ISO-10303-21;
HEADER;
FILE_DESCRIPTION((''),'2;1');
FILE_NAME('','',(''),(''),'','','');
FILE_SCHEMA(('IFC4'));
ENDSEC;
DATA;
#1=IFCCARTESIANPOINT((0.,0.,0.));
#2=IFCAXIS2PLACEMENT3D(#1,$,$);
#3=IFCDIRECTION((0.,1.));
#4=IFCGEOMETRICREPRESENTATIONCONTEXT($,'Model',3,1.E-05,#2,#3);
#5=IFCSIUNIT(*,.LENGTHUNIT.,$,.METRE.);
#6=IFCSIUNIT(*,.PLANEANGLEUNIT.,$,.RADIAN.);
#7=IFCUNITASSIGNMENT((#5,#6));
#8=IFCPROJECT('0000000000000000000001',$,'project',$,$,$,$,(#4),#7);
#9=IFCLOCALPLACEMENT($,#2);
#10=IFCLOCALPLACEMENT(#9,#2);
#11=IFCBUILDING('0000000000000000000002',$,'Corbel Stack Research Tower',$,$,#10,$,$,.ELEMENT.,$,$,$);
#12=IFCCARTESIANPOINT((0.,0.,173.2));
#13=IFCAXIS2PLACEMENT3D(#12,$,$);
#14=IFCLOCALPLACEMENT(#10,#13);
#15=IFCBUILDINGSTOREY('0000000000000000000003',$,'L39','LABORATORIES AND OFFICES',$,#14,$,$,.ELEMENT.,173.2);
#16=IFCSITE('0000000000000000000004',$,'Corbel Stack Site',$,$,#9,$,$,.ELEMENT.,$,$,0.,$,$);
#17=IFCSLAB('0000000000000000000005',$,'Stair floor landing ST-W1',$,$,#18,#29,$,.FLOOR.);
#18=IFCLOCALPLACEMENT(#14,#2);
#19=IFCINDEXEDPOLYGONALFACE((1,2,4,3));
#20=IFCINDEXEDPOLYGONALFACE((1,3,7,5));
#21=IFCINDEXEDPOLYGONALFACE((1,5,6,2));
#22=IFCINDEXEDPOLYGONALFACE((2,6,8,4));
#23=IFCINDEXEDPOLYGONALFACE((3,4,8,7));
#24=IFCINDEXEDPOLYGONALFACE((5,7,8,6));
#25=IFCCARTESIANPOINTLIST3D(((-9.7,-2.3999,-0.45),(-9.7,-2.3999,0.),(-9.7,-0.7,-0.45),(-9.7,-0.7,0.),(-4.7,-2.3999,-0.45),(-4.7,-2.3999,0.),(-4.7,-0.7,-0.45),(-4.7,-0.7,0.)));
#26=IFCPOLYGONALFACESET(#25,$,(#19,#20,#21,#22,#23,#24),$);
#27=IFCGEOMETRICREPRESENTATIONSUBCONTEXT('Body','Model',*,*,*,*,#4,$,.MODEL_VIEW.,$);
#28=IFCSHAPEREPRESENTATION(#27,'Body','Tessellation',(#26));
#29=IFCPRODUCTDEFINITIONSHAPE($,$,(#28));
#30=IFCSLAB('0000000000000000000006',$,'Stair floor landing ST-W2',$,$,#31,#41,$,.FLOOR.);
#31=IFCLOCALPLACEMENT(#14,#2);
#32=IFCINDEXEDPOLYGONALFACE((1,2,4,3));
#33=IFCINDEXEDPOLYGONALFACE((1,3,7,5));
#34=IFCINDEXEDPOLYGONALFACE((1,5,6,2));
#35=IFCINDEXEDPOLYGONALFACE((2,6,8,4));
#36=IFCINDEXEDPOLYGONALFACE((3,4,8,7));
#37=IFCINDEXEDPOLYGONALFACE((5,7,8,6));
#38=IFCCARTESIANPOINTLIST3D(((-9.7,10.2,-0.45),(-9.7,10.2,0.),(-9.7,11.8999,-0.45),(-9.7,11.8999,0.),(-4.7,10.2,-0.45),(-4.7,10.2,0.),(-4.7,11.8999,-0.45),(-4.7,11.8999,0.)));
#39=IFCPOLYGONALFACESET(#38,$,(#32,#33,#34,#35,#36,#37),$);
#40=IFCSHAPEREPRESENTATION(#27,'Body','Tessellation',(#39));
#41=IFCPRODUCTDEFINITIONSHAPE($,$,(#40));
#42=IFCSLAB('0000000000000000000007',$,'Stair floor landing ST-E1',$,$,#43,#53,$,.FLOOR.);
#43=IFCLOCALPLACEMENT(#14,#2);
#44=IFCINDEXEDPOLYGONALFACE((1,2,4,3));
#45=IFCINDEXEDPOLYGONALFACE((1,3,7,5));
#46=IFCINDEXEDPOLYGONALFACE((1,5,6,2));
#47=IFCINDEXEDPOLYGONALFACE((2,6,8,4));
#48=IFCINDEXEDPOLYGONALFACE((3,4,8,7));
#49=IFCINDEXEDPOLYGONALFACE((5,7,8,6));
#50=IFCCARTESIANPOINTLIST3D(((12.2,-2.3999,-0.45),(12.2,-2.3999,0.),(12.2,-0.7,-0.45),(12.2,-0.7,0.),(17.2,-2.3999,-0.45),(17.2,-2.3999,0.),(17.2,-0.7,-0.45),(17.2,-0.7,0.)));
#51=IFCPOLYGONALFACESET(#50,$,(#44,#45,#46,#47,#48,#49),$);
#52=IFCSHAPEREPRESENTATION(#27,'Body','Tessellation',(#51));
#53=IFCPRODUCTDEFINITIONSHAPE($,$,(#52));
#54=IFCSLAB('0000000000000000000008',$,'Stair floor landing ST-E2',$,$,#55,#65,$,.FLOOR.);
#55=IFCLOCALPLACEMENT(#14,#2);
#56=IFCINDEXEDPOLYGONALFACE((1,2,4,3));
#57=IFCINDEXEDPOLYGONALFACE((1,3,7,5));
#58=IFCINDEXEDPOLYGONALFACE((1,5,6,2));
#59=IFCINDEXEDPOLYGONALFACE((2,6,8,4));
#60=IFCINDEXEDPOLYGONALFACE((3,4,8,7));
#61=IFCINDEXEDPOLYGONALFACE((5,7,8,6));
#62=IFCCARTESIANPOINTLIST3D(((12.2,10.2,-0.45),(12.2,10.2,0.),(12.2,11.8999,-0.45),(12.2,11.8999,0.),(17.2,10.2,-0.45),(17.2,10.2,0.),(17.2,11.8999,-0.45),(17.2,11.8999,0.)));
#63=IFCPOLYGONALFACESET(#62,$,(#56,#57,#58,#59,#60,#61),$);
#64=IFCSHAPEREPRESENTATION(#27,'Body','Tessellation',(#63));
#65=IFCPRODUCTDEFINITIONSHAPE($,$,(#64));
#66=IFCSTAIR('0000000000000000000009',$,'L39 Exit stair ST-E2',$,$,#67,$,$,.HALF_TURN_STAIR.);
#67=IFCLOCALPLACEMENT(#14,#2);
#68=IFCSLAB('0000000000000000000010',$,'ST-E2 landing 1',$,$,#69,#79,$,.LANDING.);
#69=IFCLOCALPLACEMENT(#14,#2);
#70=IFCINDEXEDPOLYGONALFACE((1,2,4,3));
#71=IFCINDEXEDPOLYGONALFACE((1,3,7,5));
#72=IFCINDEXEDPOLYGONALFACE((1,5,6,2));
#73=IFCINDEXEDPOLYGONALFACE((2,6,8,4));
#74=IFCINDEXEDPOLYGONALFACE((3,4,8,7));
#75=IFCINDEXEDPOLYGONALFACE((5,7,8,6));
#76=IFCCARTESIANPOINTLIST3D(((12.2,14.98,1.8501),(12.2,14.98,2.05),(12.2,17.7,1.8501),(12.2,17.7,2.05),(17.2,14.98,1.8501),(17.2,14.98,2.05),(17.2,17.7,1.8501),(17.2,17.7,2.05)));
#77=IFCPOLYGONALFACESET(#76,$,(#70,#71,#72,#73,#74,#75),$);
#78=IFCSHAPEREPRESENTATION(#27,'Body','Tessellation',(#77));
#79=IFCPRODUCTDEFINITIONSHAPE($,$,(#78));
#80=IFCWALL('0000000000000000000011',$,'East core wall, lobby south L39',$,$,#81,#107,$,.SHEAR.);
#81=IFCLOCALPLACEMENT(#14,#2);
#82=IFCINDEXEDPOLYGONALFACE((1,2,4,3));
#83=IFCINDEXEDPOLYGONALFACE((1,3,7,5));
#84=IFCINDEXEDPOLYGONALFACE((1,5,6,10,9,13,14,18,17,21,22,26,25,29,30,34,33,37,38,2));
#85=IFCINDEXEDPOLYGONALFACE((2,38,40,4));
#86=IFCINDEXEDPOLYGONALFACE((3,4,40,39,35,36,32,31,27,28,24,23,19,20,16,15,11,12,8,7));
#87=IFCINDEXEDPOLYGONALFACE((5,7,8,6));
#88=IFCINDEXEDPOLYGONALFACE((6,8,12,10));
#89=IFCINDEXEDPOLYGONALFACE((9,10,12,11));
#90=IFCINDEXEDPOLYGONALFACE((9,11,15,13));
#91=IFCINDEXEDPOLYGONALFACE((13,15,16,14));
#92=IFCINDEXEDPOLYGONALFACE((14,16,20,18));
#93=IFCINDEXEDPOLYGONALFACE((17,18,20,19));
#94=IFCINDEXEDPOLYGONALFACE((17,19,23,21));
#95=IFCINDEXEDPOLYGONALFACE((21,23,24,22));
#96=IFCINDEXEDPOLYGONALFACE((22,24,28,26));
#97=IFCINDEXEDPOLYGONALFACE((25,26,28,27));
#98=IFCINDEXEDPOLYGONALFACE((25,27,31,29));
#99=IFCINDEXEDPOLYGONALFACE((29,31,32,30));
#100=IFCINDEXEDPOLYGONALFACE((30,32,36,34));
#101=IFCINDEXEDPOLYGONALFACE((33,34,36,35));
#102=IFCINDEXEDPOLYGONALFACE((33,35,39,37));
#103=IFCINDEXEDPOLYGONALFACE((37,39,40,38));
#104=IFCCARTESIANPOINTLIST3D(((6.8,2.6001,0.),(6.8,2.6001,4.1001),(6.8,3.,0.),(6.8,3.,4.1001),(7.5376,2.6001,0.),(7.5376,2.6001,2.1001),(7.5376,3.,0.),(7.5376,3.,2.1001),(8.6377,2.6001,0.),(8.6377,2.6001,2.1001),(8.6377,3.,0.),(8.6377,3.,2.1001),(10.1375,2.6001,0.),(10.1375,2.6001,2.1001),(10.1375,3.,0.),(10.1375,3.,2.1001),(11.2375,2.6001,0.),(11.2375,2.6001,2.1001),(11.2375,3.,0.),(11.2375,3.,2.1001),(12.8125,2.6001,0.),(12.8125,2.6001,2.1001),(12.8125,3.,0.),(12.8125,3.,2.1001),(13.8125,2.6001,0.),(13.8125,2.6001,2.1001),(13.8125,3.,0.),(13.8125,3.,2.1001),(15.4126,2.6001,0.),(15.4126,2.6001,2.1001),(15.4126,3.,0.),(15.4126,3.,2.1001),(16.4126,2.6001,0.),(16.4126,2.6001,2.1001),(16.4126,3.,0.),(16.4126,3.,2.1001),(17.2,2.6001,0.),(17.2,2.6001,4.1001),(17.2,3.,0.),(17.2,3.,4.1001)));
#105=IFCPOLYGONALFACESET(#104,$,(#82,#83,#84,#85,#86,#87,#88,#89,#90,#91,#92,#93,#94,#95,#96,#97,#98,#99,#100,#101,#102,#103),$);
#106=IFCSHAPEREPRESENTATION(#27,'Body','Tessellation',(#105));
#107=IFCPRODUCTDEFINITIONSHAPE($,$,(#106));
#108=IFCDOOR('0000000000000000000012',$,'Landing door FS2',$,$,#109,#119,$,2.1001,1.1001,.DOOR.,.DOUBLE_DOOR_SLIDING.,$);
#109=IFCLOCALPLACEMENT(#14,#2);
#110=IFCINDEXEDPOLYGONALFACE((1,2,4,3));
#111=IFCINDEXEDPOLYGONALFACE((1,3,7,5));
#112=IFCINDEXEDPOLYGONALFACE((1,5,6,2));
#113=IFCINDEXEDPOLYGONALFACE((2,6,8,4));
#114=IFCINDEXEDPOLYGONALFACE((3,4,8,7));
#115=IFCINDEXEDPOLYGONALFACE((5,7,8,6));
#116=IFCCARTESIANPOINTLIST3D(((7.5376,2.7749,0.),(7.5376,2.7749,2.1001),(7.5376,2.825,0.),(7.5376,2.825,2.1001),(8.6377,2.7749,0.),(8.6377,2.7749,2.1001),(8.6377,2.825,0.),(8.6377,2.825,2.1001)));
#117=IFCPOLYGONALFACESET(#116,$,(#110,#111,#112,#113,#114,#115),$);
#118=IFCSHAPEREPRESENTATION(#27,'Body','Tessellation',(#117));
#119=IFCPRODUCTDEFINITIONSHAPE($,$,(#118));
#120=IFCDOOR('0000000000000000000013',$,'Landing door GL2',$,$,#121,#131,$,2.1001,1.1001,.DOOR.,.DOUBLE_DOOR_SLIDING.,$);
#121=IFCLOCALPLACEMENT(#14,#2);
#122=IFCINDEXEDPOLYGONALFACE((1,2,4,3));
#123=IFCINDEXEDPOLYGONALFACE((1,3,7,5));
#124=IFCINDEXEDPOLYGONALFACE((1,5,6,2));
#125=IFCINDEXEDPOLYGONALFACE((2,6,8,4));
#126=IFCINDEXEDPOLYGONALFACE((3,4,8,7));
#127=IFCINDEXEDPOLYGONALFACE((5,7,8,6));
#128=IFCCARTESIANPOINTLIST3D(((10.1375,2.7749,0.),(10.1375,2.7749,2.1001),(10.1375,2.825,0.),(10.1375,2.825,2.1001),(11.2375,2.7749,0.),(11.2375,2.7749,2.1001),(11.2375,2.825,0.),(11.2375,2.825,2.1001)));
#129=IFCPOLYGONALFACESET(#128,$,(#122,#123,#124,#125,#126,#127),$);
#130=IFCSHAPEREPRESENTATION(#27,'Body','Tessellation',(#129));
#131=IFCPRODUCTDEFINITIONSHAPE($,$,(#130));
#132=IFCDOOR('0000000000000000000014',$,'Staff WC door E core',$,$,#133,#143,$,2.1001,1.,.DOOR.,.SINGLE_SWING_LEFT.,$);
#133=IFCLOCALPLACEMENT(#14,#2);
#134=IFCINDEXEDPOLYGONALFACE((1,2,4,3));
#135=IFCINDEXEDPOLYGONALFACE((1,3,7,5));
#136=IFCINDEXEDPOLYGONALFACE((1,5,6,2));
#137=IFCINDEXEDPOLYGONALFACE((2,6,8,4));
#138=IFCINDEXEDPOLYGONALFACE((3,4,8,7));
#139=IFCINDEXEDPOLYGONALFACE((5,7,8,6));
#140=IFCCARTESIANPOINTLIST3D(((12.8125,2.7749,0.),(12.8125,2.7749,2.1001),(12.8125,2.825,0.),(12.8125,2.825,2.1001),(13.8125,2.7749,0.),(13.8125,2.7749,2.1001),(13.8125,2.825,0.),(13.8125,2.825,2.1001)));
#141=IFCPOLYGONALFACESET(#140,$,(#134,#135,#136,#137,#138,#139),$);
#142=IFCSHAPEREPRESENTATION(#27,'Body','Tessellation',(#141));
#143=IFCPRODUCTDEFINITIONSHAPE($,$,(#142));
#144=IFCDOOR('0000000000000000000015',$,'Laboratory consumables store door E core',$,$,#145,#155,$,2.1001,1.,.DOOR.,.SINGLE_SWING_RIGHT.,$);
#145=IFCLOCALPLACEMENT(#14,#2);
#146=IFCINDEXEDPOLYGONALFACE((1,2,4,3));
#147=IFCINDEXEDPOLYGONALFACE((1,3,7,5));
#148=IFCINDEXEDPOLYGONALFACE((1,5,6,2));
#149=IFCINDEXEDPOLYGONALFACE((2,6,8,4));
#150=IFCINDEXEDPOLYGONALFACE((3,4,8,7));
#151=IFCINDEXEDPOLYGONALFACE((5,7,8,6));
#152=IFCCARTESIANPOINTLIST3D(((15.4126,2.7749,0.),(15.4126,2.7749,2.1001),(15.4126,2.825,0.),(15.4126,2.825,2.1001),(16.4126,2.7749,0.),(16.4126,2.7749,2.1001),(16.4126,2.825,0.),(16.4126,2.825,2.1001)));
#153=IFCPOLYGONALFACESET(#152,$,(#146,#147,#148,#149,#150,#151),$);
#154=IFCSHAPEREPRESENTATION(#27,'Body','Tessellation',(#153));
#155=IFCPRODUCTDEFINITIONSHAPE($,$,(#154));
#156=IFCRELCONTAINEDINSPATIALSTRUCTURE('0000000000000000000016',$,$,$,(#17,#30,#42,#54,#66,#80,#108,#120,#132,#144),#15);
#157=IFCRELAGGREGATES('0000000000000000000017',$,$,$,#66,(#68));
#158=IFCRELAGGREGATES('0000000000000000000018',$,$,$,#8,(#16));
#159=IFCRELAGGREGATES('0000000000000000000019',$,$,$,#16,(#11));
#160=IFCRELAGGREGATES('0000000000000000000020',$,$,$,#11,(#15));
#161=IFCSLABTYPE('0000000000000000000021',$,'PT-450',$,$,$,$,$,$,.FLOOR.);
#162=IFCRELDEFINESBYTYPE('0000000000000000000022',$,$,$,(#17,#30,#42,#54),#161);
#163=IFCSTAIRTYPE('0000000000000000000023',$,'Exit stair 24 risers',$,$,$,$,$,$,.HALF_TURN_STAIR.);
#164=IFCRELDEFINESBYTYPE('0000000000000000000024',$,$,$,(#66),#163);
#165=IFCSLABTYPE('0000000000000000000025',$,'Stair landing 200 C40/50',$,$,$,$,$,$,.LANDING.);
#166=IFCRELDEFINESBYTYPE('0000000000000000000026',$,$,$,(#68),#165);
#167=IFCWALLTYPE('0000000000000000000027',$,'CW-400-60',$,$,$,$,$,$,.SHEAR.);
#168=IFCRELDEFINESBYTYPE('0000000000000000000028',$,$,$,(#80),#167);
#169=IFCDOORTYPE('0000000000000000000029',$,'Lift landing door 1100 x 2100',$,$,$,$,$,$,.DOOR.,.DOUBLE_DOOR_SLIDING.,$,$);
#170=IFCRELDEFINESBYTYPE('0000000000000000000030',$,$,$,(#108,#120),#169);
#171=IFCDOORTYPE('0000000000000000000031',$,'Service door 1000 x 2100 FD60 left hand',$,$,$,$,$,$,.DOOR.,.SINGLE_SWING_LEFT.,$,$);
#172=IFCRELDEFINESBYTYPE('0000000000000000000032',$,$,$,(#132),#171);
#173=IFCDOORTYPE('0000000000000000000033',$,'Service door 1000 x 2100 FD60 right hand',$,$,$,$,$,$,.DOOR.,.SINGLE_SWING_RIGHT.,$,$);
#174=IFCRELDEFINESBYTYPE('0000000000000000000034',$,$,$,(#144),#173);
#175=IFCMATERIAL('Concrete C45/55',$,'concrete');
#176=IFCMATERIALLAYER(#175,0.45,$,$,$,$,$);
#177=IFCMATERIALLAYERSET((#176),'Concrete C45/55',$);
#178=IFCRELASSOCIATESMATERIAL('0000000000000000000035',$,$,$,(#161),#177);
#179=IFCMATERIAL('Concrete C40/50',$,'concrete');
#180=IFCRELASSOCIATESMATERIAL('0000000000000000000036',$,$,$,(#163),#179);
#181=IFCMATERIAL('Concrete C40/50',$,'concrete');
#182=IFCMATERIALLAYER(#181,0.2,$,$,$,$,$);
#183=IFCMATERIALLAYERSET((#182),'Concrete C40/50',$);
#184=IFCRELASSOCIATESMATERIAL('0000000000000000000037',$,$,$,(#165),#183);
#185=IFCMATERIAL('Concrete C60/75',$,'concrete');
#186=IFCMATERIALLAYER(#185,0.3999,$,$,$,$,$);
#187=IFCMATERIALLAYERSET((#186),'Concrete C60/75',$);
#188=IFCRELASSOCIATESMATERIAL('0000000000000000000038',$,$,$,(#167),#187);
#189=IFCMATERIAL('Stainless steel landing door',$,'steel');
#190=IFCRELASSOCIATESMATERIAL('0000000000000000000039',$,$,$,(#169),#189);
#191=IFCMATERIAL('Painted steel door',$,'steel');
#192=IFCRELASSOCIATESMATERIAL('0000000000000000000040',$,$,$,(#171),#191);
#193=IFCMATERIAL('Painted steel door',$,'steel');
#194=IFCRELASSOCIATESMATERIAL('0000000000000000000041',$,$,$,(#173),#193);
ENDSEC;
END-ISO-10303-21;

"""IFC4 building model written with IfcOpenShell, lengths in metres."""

from ifc_helpers import new_model, si_unit, direction, frame, frame_2d, origin, place, context, subcontext, project, spatial, polyline, rectangle, outline, extrude, material, layer, layer_set, type_object, element, fill, aggregate, save


model = new_model("IFC4")

# Units and contexts
model_context = context("Model", 3, precision=1e-05, world=origin(), true_north=direction((0.0, 1.0)))
body_context = subcontext(model_context, "Body", "Model", "MODEL_VIEW")
ifc_project = project(units=[si_unit("LENGTHUNIT", "METRE"), si_unit("PLANEANGLEUNIT", "RADIAN")], contexts=[model_context])

# Site, building, storey
site_placement = place(None, origin())
site = spatial("IfcSite", under=ifc_project, at=site_placement, Name="Corbel Stack Site", CompositionType="ELEMENT", RefElevation=0.0)
building_placement = place(site_placement, origin())
building = spatial("IfcBuilding", under=site, at=building_placement, Name="Corbel Stack Research Tower", CompositionType="ELEMENT")
storey_placement = place(building_placement, frame((0.0, 0.0, 173.2)))
storey = spatial("IfcBuildingStorey", under=building, at=storey_placement, Name="L39", Description="LABORATORIES AND OFFICES", CompositionType="ELEMENT", Elevation=173.2)

# Slabs
ifc_material_1 = material(Name="Concrete C45/55", Category="concrete")
ifc_layer_1 = layer(ifc_material_1, 0.45)
ifc_layer_set_1 = layer_set([ifc_layer_1], Name="Concrete C45/55")
slab_type_1 = type_object("IfcSlabType", Name="PT-450", PredefinedType="FLOOR", material=ifc_layer_set_1)
slab_1_placement = place(storey_placement, frame((0.0, 0.0, -0.45)))
element("IfcSlab", 1, at=slab_1_placement, inside=storey, type_object=slab_type_1, Name="Stair floor landing ST-W1", PredefinedType="FLOOR", context=body_context, shape_type="SweptSolid", body=[
    extrude(outline(polyline([(-9.7, -2.3999), (-4.7, -2.3999), (-4.7, -0.7), (-9.7, -0.7), (-9.7, -2.3999)])), origin(), (0.0, 0.0, 1.0), 0.45),
])
slab_2_placement = place(storey_placement, frame((0.0, 0.0, -0.45)))
element("IfcSlab", 2, at=slab_2_placement, inside=storey, type_object=slab_type_1, Name="Stair floor landing ST-W2", PredefinedType="FLOOR", context=body_context, shape_type="SweptSolid", body=[
    extrude(outline(polyline([(-9.7, 10.2), (-4.7, 10.2), (-4.7, 11.8999), (-9.7, 11.8999), (-9.7, 10.2)])), origin(), (0.0, 0.0, 1.0), 0.45),
])
slab_3_placement = place(storey_placement, frame((0.0, 0.0, -0.45)))
element("IfcSlab", 3, at=slab_3_placement, inside=storey, type_object=slab_type_1, Name="Stair floor landing ST-E1", PredefinedType="FLOOR", context=body_context, shape_type="SweptSolid", body=[
    extrude(outline(polyline([(12.2, -2.3999), (17.2, -2.3999), (17.2, -0.7), (12.2, -0.7), (12.2, -2.3999)])), origin(), (0.0, 0.0, 1.0), 0.45),
])
slab_4_placement = place(storey_placement, frame((0.0, 0.0, -0.45)))
element("IfcSlab", 4, at=slab_4_placement, inside=storey, type_object=slab_type_1, Name="Stair floor landing ST-E2", PredefinedType="FLOOR", context=body_context, shape_type="SweptSolid", body=[
    extrude(outline(polyline([(12.2, 10.2), (17.2, 10.2), (17.2, 11.8999), (12.2, 11.8999), (12.2, 10.2)])), origin(), (0.0, 0.0, 1.0), 0.45),
])

# Stair, slab
ifc_material_2 = material(Name="Concrete C40/50", Category="concrete")
stair_type = type_object("IfcStairType", Name="Exit stair 24 risers", PredefinedType="HALF_TURN_STAIR", material=ifc_material_2)
stair_placement = place(storey_placement, origin())
stair = element("IfcStair", 5, at=stair_placement, inside=storey, type_object=stair_type, Name="L39 Exit stair ST-E2", PredefinedType="HALF_TURN_STAIR")
ifc_material_3 = material(Name="Concrete C40/50", Category="concrete")
ifc_layer_2 = layer(ifc_material_3, 0.2)
ifc_layer_set_2 = layer_set([ifc_layer_2], Name="Concrete C40/50")
slab_type_2 = type_object("IfcSlabType", Name="Stair landing 200 C40/50", PredefinedType="LANDING", material=ifc_layer_set_2)
slab_5_placement = place(storey_placement, frame((0.0, 0.0, 1.8501)))
slab_5 = element("IfcSlab", 6, at=slab_5_placement, type_object=slab_type_2, Name="ST-E2 landing 1", PredefinedType="LANDING", context=body_context, shape_type="SweptSolid", body=[
    extrude(outline(polyline([(12.2, 14.98), (12.2, 17.7), (17.2, 17.7), (17.2, 14.98), (12.2, 14.98)])), origin(), (0.0, 0.0, 1.0), 0.2),
])
aggregate(stair, [slab_5])

# Wall, openings, doors
ifc_material_4 = material(Name="Concrete C60/75", Category="concrete")
ifc_layer_3 = layer(ifc_material_4, 0.3999)
ifc_layer_set_3 = layer_set([ifc_layer_3], Name="Concrete C60/75")
wall_type_1 = type_object("IfcWallType", Name="CW-400-60", PredefinedType="SHEAR", material=ifc_layer_set_3)
wall_1_placement = place(storey_placement, frame((6.8, 2.8, 0.0), z_axis=(0.0, 0.0, 1.0), x_axis=(1.0, 0.0, 0.0)))
wall_1 = element("IfcWall", 7, at=wall_1_placement, inside=storey, type_object=wall_type_1, Name="East core wall, lobby south L39", PredefinedType="SHEAR", context=body_context, shape_type="SweptSolid", body=[
    extrude(rectangle(XDim=10.3999, YDim=0.3999, at=frame_2d((5.2, 0.0))), origin(), (0.0, 0.0, 1.0), 4.1001),
])
opening_1_placement = place(wall_1_placement, frame((0.7375, 0.0, 0.0)))
opening_1 = element("IfcOpeningElement", 8, at=opening_1_placement, cuts=wall_1, PredefinedType="OPENING", context=body_context, shape_type="SweptSolid", body=[
    extrude(rectangle(XDim=1.1001, YDim=2.1001, at=frame_2d((0.55, 1.05))), frame((0.0, 0.21, 0.0), z_axis=(0.0, -1.0, 0.0), x_axis=(1.0, 0.0, 0.0)), (0.0, 0.0, 1.0), 0.4199),
])
opening_2_placement = place(wall_1_placement, frame((3.3374, 0.0, 0.0)))
opening_2 = element("IfcOpeningElement", 9, at=opening_2_placement, cuts=wall_1, PredefinedType="OPENING", context=body_context, shape_type="SweptSolid", body=[
    extrude(rectangle(XDim=1.1001, YDim=2.1001, at=frame_2d((0.55, 1.05))), frame((0.0, 0.21, 0.0), z_axis=(0.0, -1.0, 0.0), x_axis=(1.0, 0.0, 0.0)), (0.0, 0.0, 1.0), 0.4199),
])
opening_3_placement = place(wall_1_placement, frame((6.0125, 0.0, 0.0)))
opening_3 = element("IfcOpeningElement", 10, at=opening_3_placement, cuts=wall_1, PredefinedType="OPENING", context=body_context, shape_type="SweptSolid", body=[
    extrude(rectangle(XDim=1.0, YDim=2.1001, at=frame_2d((0.5, 1.05))), frame((0.0, 0.21, 0.0), z_axis=(0.0, -1.0, 0.0), x_axis=(1.0, 0.0, 0.0)), (0.0, 0.0, 1.0), 0.4199),
])
opening_4_placement = place(wall_1_placement, frame((8.6125, 0.0, 0.0)))
opening_4 = element("IfcOpeningElement", 11, at=opening_4_placement, cuts=wall_1, PredefinedType="OPENING", context=body_context, shape_type="SweptSolid", body=[
    extrude(rectangle(XDim=1.0, YDim=2.1001, at=frame_2d((0.5, 1.05))), frame((0.0, 0.21, 0.0), z_axis=(0.0, -1.0, 0.0), x_axis=(1.0, 0.0, 0.0)), (0.0, 0.0, 1.0), 0.4199),
])
ifc_material_5 = material(Name="Stainless steel landing door", Category="steel")
door_type_1 = type_object("IfcDoorType", Name="Lift landing door 1100 x 2100", OperationType="DOUBLE_DOOR_SLIDING", PredefinedType="DOOR", material=ifc_material_5)
door_1_placement = place(opening_1_placement, origin())
door_1 = element("IfcDoor", 12, at=door_1_placement, inside=storey, type_object=door_type_1, Name="Landing door FS2", OperationType="DOUBLE_DOOR_SLIDING", OverallHeight=2.1001, OverallWidth=1.1001, PredefinedType="DOOR", context=body_context, shape_type="SweptSolid", body=[
    extrude(rectangle(XDim=1.1001, YDim=2.1001, at=frame_2d((0.55, 1.05))), frame((0.0, 0.0249, 0.0), z_axis=(0.0, -1.0, 0.0), x_axis=(1.0, 0.0, 0.0)), (0.0, 0.0, 1.0), 0.05),
])
fill(opening_1, door_1)
door_2_placement = place(opening_2_placement, origin())
door_2 = element("IfcDoor", 13, at=door_2_placement, inside=storey, type_object=door_type_1, Name="Landing door GL2", OperationType="DOUBLE_DOOR_SLIDING", OverallHeight=2.1001, OverallWidth=1.1001, PredefinedType="DOOR", context=body_context, shape_type="SweptSolid", body=[
    extrude(rectangle(XDim=1.1001, YDim=2.1001, at=frame_2d((0.55, 1.05))), frame((0.0, 0.0249, 0.0), z_axis=(0.0, -1.0, 0.0), x_axis=(1.0, 0.0, 0.0)), (0.0, 0.0, 1.0), 0.05),
])
fill(opening_2, door_2)
ifc_material_6 = material(Name="Painted steel door", Category="steel")
door_type_2 = type_object("IfcDoorType", Name="Service door 1000 x 2100 FD60 left hand", OperationType="SINGLE_SWING_LEFT", PredefinedType="DOOR", material=ifc_material_6)
door_3_placement = place(opening_3_placement, origin())
door_3 = element("IfcDoor", 14, at=door_3_placement, inside=storey, type_object=door_type_2, Name="Staff WC door E core", OperationType="SINGLE_SWING_LEFT", OverallHeight=2.1001, OverallWidth=1.0, PredefinedType="DOOR", context=body_context, shape_type="SweptSolid", body=[
    extrude(rectangle(XDim=1.0, YDim=2.1001, at=frame_2d((0.5, 1.05))), frame((0.0, 0.0249, 0.0), z_axis=(0.0, -1.0, 0.0), x_axis=(1.0, 0.0, 0.0)), (0.0, 0.0, 1.0), 0.05),
])
fill(opening_3, door_3)
ifc_material_7 = material(Name="Painted steel door", Category="steel")
door_type_3 = type_object("IfcDoorType", Name="Service door 1000 x 2100 FD60 right hand", OperationType="SINGLE_SWING_RIGHT", PredefinedType="DOOR", material=ifc_material_7)
door_4_placement = place(opening_4_placement, origin())
door_4 = element("IfcDoor", 15, at=door_4_placement, inside=storey, type_object=door_type_3, Name="Laboratory consumables store door E core", OperationType="SINGLE_SWING_RIGHT", OverallHeight=2.1001, OverallWidth=1.0, PredefinedType="DOOR", context=body_context, shape_type="SweptSolid", body=[
    extrude(rectangle(XDim=1.0, YDim=2.1001, at=frame_2d((0.5, 1.05))), frame((0.0, 0.0249, 0.0), z_axis=(0.0, -1.0, 0.0), x_axis=(1.0, 0.0, 0.0)), (0.0, 0.0, 1.0), 0.05),
])
fill(opening_4, door_4)

save(model, "model.ifc")
